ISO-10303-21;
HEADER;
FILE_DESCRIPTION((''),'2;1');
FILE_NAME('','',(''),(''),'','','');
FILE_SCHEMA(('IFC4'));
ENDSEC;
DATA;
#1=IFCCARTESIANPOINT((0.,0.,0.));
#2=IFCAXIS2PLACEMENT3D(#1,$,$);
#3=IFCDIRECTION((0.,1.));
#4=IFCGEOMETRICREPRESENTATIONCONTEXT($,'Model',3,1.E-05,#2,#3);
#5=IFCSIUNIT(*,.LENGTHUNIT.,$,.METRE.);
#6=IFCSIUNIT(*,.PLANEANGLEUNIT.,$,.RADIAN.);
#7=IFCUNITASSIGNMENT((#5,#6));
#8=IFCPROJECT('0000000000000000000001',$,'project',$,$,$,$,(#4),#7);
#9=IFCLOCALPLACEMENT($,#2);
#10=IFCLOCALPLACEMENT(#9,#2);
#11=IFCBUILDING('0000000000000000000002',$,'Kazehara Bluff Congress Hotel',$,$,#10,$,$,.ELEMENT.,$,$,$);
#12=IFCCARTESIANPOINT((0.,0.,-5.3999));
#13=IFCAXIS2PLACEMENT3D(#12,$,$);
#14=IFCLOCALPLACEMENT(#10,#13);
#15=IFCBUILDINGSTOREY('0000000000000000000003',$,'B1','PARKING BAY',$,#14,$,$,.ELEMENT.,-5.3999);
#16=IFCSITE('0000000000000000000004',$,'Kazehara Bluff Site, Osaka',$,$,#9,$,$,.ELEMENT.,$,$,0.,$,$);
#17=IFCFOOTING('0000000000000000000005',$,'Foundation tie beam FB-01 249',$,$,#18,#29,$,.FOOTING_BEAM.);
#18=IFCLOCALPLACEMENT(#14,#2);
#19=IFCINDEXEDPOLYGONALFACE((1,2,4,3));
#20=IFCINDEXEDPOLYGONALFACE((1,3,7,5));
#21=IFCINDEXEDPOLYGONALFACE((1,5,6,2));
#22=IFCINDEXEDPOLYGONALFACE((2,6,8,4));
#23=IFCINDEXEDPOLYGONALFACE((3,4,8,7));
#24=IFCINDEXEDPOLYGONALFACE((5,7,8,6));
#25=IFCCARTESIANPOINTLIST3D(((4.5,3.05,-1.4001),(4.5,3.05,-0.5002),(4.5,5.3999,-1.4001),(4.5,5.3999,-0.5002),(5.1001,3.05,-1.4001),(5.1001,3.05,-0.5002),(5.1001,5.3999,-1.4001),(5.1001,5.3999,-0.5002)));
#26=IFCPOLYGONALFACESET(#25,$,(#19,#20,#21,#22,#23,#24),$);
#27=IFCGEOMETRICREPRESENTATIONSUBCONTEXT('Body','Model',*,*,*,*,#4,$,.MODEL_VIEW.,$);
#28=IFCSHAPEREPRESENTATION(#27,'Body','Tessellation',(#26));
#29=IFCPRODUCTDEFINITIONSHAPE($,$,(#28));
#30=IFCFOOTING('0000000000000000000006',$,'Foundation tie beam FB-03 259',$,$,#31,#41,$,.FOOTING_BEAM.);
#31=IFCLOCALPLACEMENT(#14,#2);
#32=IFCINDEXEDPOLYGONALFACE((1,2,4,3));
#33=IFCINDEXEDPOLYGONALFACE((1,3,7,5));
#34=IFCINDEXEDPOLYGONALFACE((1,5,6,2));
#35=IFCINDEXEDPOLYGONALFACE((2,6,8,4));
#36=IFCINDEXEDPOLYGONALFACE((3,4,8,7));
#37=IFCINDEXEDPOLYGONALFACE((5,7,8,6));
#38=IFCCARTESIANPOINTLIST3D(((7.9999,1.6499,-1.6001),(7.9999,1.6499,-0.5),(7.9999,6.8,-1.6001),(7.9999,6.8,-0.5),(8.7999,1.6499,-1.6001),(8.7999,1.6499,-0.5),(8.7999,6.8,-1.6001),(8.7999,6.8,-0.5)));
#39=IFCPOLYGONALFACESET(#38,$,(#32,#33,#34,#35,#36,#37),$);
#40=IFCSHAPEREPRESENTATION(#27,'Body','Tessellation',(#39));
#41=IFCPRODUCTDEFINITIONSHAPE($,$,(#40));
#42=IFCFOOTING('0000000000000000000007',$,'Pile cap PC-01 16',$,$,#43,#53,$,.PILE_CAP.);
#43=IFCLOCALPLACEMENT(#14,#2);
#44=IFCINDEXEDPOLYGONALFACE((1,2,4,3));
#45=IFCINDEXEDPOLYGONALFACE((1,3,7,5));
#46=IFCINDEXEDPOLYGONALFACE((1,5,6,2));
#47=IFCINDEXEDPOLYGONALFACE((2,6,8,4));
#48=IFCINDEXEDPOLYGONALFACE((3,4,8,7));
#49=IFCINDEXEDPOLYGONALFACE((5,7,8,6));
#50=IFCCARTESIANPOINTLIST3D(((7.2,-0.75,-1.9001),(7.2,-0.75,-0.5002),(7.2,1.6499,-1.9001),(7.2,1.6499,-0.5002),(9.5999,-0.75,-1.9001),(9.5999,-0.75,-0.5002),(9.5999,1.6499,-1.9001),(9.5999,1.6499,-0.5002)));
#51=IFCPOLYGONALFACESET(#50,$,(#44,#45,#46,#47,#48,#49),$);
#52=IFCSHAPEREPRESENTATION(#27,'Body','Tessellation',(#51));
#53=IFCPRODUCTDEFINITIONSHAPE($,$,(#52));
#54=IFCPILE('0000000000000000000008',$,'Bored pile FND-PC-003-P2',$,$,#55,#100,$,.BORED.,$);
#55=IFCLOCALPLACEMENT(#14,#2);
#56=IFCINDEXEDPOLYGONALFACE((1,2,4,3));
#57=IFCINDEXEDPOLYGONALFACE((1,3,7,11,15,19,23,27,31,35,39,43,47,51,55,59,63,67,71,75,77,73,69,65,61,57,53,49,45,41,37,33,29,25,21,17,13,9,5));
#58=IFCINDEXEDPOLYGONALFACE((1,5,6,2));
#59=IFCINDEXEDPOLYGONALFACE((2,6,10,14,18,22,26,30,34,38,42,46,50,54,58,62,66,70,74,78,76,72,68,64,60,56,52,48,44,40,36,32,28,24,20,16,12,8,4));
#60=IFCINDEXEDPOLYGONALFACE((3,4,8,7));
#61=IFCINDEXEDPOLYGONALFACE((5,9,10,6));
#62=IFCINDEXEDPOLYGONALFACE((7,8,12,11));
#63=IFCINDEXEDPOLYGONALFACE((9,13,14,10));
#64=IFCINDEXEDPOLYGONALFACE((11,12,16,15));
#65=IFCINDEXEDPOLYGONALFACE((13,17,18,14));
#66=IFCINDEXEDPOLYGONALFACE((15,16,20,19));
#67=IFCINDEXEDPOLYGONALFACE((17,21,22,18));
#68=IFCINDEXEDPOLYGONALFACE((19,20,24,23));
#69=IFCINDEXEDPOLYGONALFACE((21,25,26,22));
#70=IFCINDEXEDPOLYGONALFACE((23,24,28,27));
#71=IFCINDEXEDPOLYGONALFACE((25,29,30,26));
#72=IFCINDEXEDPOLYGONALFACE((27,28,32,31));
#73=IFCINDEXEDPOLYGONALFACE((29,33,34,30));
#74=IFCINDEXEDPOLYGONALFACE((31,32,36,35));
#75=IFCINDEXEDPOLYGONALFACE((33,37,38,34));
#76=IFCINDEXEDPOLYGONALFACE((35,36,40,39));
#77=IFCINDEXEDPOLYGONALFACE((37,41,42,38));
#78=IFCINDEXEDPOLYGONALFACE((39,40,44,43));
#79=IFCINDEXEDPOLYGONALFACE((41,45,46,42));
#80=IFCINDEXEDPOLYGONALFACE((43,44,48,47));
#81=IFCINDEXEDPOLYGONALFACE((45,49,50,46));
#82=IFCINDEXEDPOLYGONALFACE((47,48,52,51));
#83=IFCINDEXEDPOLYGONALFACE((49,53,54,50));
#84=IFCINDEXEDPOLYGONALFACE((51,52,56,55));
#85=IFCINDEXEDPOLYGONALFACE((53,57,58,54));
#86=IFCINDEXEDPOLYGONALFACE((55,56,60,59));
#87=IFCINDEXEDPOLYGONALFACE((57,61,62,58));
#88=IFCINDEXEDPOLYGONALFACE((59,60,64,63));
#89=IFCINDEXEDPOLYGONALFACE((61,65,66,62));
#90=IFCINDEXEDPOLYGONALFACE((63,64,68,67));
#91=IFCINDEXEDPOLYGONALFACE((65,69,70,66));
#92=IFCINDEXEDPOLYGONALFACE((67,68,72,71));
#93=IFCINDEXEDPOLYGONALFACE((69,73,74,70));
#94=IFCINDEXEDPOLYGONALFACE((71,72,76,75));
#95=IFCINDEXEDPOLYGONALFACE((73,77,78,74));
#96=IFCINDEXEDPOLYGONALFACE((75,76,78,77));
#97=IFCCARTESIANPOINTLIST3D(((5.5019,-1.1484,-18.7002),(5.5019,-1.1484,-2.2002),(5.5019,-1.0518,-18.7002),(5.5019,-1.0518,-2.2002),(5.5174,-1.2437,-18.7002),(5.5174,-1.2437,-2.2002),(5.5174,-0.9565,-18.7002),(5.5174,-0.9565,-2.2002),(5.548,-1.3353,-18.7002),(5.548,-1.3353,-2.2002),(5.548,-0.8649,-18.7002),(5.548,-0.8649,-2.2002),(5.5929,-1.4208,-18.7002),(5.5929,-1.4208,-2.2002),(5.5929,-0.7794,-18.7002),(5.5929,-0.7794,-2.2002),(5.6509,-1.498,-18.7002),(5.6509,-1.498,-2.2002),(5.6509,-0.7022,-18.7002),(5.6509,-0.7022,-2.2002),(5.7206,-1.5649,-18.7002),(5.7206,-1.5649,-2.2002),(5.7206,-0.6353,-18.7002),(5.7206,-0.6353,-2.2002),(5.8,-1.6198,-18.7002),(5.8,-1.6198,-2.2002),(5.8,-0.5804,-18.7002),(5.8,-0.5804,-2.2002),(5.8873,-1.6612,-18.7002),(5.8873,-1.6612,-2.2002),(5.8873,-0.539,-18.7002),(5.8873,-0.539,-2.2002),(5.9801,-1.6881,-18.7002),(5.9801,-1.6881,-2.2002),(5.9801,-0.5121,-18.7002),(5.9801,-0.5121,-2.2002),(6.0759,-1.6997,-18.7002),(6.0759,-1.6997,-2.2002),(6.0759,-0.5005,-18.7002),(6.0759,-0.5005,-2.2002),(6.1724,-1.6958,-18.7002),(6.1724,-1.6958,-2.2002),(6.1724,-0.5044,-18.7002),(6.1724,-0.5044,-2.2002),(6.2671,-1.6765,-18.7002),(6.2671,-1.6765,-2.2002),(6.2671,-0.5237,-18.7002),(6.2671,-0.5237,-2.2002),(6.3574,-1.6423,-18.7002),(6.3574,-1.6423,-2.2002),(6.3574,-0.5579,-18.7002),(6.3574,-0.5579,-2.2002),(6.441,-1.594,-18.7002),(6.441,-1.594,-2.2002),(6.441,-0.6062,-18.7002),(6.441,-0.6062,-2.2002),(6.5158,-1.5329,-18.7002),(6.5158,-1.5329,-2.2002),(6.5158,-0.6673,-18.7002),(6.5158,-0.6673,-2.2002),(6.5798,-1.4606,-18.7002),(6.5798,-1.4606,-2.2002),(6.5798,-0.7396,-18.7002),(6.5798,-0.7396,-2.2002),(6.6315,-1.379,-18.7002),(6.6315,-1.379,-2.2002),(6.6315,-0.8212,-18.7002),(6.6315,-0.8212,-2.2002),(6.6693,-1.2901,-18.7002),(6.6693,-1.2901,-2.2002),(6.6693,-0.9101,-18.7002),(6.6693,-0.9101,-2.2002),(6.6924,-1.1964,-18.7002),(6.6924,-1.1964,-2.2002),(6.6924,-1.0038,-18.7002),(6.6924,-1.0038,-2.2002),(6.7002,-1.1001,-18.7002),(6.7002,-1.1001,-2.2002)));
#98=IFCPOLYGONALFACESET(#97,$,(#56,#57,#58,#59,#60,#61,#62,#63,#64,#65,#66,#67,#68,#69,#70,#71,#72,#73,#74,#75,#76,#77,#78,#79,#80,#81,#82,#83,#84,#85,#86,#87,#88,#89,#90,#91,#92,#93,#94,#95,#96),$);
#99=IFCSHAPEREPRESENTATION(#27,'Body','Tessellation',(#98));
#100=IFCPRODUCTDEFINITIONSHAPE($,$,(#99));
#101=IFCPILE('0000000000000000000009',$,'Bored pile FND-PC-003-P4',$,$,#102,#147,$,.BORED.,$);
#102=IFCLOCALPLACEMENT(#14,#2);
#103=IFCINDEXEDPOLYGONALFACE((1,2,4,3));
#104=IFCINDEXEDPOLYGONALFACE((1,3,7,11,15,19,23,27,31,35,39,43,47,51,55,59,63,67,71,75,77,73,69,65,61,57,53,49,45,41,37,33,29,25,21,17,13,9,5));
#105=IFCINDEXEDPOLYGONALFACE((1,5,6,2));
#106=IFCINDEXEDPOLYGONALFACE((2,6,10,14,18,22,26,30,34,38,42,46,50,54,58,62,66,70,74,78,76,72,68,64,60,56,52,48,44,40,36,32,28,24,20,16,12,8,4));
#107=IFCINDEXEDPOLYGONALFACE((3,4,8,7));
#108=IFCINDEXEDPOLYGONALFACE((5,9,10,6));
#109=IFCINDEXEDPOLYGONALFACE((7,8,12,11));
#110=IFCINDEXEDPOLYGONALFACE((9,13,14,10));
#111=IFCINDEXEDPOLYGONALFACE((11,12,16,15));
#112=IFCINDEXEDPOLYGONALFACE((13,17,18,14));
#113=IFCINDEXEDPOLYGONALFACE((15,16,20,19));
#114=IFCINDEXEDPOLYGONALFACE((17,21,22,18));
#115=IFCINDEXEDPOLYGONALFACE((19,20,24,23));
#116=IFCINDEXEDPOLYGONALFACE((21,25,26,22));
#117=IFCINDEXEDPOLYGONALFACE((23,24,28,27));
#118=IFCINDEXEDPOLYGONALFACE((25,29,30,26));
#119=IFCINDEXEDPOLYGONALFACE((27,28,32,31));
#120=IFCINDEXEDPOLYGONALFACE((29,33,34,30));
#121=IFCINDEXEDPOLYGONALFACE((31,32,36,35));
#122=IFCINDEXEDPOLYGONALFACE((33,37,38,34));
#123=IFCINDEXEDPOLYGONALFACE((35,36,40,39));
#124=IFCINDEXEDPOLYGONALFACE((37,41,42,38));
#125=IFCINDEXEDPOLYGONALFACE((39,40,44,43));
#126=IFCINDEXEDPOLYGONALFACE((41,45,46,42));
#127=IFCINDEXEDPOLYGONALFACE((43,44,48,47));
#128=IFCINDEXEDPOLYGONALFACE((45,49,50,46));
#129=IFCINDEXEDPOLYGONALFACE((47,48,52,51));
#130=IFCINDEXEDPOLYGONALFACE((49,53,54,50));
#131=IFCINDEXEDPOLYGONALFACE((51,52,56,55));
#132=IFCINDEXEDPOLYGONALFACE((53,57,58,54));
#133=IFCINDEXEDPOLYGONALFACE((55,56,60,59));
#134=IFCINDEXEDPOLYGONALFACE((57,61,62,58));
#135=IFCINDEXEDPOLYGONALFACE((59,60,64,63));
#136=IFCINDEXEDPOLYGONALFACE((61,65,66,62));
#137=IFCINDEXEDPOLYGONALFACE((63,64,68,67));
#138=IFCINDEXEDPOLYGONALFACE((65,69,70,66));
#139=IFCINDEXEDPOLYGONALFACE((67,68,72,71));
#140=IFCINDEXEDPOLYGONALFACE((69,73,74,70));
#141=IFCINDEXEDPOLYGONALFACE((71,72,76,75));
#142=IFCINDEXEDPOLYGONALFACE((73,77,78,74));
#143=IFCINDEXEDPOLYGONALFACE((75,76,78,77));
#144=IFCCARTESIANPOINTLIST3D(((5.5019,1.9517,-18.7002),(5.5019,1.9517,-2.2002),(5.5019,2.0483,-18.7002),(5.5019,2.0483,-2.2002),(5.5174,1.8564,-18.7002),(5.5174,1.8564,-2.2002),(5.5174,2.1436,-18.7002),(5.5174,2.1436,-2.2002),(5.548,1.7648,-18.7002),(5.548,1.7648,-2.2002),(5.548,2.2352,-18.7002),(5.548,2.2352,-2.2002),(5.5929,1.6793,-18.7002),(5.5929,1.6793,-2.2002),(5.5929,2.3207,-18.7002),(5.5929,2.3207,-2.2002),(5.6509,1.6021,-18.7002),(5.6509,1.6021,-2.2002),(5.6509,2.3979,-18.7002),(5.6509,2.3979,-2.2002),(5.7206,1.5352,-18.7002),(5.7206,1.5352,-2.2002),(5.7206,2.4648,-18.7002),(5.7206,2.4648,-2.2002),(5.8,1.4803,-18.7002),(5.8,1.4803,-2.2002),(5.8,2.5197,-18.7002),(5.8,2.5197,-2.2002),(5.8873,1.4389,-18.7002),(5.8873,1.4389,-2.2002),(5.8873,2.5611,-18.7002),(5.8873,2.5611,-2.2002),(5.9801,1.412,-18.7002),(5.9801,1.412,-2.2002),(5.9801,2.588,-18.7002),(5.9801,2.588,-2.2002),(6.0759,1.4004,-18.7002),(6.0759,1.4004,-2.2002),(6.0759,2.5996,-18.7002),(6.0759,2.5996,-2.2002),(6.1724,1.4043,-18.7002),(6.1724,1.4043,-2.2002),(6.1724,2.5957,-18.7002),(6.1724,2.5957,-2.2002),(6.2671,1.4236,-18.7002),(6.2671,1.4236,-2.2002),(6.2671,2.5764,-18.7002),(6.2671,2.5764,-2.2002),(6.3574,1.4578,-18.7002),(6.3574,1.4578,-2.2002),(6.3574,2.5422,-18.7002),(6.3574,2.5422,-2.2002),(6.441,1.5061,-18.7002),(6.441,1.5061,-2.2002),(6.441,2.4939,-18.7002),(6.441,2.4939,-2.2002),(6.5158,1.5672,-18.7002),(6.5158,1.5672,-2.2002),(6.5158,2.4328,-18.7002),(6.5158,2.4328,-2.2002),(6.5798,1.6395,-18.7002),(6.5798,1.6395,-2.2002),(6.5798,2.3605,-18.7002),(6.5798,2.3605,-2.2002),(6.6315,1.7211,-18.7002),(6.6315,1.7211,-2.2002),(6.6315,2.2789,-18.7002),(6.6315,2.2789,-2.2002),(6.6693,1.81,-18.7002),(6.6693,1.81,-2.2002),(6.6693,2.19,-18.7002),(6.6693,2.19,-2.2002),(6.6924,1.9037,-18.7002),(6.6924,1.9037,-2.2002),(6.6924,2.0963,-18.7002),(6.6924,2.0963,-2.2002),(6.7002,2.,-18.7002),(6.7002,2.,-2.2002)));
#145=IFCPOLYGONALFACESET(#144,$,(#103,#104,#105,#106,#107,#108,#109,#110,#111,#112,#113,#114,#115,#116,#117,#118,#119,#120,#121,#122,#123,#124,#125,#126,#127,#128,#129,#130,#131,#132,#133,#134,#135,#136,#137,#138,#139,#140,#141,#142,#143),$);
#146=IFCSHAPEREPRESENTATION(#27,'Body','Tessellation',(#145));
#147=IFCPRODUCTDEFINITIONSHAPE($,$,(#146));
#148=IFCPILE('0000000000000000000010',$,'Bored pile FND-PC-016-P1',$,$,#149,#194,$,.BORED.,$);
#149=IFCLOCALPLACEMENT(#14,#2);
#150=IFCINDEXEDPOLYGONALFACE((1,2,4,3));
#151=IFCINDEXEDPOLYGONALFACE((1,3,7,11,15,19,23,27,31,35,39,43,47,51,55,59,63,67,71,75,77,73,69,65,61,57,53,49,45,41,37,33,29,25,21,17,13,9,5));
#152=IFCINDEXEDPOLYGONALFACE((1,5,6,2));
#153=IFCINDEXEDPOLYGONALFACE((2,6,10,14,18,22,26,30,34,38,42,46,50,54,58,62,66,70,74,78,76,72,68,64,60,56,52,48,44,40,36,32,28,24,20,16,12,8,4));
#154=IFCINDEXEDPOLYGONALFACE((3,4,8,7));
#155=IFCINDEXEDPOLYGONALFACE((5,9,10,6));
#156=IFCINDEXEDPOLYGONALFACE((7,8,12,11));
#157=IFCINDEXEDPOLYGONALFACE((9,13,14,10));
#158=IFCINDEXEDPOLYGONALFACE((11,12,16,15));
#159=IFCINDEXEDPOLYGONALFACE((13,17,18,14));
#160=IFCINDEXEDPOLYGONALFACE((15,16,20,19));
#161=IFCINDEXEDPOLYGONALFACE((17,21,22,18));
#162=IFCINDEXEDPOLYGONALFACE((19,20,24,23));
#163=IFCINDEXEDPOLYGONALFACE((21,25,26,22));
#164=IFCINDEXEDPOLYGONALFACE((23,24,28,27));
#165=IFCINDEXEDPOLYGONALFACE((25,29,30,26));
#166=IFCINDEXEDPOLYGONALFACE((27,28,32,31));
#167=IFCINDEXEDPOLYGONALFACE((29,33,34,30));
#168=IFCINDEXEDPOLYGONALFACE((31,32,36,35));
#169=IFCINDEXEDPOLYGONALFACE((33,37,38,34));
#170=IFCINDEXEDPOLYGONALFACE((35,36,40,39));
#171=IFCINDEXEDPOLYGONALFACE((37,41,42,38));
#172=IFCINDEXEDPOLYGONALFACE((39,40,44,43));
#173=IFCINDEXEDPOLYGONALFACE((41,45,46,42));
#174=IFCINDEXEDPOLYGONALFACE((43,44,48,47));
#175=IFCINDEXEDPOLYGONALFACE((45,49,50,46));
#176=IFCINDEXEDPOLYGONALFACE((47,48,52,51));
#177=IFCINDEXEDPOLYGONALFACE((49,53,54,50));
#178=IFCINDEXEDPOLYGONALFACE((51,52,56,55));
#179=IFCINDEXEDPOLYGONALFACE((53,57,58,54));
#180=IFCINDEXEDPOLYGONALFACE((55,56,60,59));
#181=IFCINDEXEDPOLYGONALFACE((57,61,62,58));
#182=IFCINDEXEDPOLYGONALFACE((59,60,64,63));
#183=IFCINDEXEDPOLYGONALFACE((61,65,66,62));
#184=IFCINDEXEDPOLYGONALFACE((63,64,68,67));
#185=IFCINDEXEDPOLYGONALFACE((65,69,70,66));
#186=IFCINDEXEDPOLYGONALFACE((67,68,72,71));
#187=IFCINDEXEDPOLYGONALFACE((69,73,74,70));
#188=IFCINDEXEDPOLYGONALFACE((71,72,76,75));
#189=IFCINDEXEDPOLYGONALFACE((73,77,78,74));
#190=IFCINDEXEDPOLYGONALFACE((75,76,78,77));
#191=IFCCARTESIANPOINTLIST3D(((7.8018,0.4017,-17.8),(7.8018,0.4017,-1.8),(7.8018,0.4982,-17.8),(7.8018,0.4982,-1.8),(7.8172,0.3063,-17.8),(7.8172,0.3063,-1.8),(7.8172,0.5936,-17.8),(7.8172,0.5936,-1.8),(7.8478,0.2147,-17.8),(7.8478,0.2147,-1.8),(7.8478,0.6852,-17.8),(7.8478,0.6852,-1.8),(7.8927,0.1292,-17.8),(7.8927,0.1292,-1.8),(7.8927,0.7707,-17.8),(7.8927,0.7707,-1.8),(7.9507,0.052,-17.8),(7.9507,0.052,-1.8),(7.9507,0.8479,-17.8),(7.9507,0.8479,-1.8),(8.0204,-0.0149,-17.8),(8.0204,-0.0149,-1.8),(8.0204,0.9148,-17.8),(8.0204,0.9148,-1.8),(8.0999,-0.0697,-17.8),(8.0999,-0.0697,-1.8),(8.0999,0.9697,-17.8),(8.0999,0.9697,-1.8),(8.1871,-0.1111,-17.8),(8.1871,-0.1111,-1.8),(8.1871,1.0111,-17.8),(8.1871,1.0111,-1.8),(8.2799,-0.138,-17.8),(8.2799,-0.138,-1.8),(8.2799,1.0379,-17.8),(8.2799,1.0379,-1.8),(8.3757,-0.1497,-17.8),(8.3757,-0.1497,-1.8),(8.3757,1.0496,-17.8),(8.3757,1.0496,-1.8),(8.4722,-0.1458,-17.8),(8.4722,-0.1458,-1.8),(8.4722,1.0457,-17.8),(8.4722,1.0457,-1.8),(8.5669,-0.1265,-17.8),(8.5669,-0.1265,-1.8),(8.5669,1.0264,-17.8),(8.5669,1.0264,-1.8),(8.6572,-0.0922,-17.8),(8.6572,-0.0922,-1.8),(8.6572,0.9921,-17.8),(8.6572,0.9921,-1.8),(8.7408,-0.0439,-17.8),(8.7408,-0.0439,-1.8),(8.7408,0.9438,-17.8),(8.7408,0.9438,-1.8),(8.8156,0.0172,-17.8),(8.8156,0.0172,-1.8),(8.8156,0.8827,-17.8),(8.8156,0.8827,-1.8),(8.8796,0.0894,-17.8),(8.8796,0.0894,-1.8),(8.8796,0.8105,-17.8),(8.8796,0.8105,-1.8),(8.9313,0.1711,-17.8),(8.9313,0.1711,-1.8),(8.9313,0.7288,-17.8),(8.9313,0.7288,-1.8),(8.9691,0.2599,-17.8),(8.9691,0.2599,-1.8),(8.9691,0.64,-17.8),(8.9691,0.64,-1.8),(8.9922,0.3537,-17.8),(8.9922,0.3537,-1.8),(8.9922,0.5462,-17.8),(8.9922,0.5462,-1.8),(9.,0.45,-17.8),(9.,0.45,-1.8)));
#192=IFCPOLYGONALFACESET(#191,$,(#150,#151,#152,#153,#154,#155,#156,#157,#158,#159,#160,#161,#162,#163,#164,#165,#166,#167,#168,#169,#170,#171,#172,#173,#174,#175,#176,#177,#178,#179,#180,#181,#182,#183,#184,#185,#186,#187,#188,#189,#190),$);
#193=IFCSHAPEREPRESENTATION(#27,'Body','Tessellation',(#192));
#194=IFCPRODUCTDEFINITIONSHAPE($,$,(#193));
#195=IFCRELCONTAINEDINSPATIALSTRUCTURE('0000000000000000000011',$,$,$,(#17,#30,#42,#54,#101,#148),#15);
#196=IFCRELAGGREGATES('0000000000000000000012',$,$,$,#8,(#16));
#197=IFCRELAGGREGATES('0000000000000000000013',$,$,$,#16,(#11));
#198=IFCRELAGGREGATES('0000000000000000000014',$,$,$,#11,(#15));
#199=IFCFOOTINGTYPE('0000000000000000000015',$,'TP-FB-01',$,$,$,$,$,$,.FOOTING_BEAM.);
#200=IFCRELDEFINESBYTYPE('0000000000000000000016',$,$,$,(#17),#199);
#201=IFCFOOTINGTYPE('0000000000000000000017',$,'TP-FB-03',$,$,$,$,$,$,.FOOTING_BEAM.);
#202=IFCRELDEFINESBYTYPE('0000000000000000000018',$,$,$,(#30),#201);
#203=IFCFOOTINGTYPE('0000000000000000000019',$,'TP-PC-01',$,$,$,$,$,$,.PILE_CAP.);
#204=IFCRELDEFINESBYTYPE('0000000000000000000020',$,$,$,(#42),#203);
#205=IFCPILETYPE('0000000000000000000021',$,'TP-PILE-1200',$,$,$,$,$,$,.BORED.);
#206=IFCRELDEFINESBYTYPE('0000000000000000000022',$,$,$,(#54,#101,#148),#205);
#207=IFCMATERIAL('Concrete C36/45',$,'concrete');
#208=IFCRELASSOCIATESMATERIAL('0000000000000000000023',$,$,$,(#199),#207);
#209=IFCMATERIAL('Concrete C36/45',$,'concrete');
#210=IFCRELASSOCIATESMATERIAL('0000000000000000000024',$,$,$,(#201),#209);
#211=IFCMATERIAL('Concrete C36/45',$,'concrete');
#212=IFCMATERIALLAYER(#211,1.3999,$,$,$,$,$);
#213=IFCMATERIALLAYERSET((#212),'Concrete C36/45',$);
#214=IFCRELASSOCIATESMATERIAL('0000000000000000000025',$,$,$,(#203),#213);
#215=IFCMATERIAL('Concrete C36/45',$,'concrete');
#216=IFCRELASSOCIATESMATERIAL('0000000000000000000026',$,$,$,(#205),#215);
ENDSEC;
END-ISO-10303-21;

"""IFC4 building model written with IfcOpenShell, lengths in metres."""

from ifc_helpers import new_model, si_unit, direction, frame, origin, origin_2d, place, context, subcontext, project, spatial, rectangle, circle, extrude, material, layer, layer_set, material_profile, profile_set, type_object, element, save


model = new_model("IFC4")

# Units and contexts
model_context = context("Model", 3, precision=1e-05, world=origin(), true_north=direction((0.0, 1.0)))
body_context = subcontext(model_context, "Body", "Model", "MODEL_VIEW")
ifc_project = project(units=[si_unit("LENGTHUNIT", "METRE"), si_unit("PLANEANGLEUNIT", "RADIAN")], contexts=[model_context])

# Site, building, storey
site_placement = place(None, origin())
site = spatial("IfcSite", under=ifc_project, at=site_placement, Name="Kazehara Bluff Site, Osaka", CompositionType="ELEMENT", RefElevation=0.0)
building_placement = place(site_placement, origin())
building = spatial("IfcBuilding", under=site, at=building_placement, Name="Kazehara Bluff Congress Hotel", CompositionType="ELEMENT")
storey_placement = place(building_placement, frame((0.0, 0.0, -5.3999)))
storey = spatial("IfcBuildingStorey", under=building, at=storey_placement, Name="B1", Description="PARKING BAY", CompositionType="ELEMENT", Elevation=-5.3999)

# Footings
ifc_material_1 = material(Name="Concrete C36/45", Category="concrete")
ifc_material_profile_1 = material_profile(ifc_material_1, rectangle(XDim=0.6001, YDim=0.8999, at=origin_2d()))
ifc_profile_set_1 = profile_set([ifc_material_profile_1], Name="Concrete C36/45")
footing_type_1 = type_object("IfcFootingType", Name="TP-FB-01", PredefinedType="FOOTING_BEAM", material=ifc_profile_set_1)
footing_1_placement = place(storey_placement, frame((4.8, 3.05, -0.9502), z_axis=(0.0, 1.0, 0.0), x_axis=(-1.0, 0.0, 0.0)))
element("IfcFooting", 1, at=footing_1_placement, inside=storey, type_object=footing_type_1, Name="Foundation tie beam FB-01 249", PredefinedType="FOOTING_BEAM", context=body_context, shape_type="SweptSolid", body=[
    extrude(rectangle(XDim=0.6001, YDim=0.8999, at=origin_2d()), origin(), (0.0, 0.0, 1.0), 2.3499),
])
ifc_material_2 = material(Name="Concrete C36/45", Category="concrete")
ifc_material_profile_2 = material_profile(ifc_material_2, rectangle(XDim=0.8, YDim=1.1001, at=origin_2d()))
ifc_profile_set_2 = profile_set([ifc_material_profile_2], Name="Concrete C36/45")
footing_type_2 = type_object("IfcFootingType", Name="TP-FB-03", PredefinedType="FOOTING_BEAM", material=ifc_profile_set_2)
footing_2_placement = place(storey_placement, frame((8.3999, 1.6499, -1.05), z_axis=(0.0, 1.0, 0.0), x_axis=(-1.0, 0.0, 0.0)))
element("IfcFooting", 2, at=footing_2_placement, inside=storey, type_object=footing_type_2, Name="Foundation tie beam FB-03 259", PredefinedType="FOOTING_BEAM", context=body_context, shape_type="SweptSolid", body=[
    extrude(rectangle(XDim=0.8, YDim=1.1001, at=origin_2d()), origin(), (0.0, 0.0, 1.0), 5.1501),
])
ifc_material_3 = material(Name="Concrete C36/45", Category="concrete")
ifc_layer_1 = layer(ifc_material_3, 1.3999)
ifc_layer_set_1 = layer_set([ifc_layer_1], Name="Concrete C36/45")
footing_type_3 = type_object("IfcFootingType", Name="TP-PC-01", PredefinedType="PILE_CAP", material=ifc_layer_set_1)
footing_3_placement = place(storey_placement, frame((8.3999, 0.45, -1.9001), z_axis=(0.0, 0.0, 1.0), x_axis=(1.0, 0.0, 0.0)))
element("IfcFooting", 3, at=footing_3_placement, inside=storey, type_object=footing_type_3, Name="Pile cap PC-01 16", PredefinedType="PILE_CAP", context=body_context, shape_type="SweptSolid", body=[
    extrude(rectangle(XDim=2.3999, YDim=2.3999, at=origin_2d()), origin(), (0.0, 0.0, 1.0), 1.3999),
])

# Piles
ifc_material_4 = material(Name="Concrete C36/45", Category="concrete")
ifc_material_profile_3 = material_profile(ifc_material_4, circle(Radius=0.6001, at=origin_2d()))
ifc_profile_set_3 = profile_set([ifc_material_profile_3], Name="Concrete C36/45")
pile_type = type_object("IfcPileType", Name="TP-PILE-1200", PredefinedType="BORED", material=ifc_profile_set_3)
for number, where, z_axis, x_axis, name in (
    (4, (6.1001, -1.1001, -2.2002), (0.0, 0.0, -1.0), (1.0, 0.0, 0.0), "Bored pile FND-PC-003-P2"),
    (5, (6.1001, 2.0, -2.2002), (0.0, 0.0, -1.0), (1.0, 0.0, 0.0), "Bored pile FND-PC-003-P4"),
):
    element("IfcPile", number, at=place(storey_placement, frame(where, z_axis=z_axis, x_axis=x_axis)), inside=storey, type_object=pile_type, Name=name, PredefinedType="BORED", context=body_context, shape_type="SweptSolid", body=[
        extrude(circle(Radius=0.6001, at=origin_2d()), origin(), (0.0, 0.0, 1.0), 16.5),
    ])
pile_placement = place(storey_placement, frame((8.3999, 0.45, -1.8), z_axis=(0.0, 0.0, -1.0), x_axis=(1.0, 0.0, 0.0)))
element("IfcPile", 6, at=pile_placement, inside=storey, type_object=pile_type, Name="Bored pile FND-PC-016-P1", PredefinedType="BORED", context=body_context, shape_type="SweptSolid", body=[
    extrude(circle(Radius=0.6001, at=origin_2d()), origin(), (0.0, 0.0, 1.0), 16.0),
])

save(model, "model.ifc")
